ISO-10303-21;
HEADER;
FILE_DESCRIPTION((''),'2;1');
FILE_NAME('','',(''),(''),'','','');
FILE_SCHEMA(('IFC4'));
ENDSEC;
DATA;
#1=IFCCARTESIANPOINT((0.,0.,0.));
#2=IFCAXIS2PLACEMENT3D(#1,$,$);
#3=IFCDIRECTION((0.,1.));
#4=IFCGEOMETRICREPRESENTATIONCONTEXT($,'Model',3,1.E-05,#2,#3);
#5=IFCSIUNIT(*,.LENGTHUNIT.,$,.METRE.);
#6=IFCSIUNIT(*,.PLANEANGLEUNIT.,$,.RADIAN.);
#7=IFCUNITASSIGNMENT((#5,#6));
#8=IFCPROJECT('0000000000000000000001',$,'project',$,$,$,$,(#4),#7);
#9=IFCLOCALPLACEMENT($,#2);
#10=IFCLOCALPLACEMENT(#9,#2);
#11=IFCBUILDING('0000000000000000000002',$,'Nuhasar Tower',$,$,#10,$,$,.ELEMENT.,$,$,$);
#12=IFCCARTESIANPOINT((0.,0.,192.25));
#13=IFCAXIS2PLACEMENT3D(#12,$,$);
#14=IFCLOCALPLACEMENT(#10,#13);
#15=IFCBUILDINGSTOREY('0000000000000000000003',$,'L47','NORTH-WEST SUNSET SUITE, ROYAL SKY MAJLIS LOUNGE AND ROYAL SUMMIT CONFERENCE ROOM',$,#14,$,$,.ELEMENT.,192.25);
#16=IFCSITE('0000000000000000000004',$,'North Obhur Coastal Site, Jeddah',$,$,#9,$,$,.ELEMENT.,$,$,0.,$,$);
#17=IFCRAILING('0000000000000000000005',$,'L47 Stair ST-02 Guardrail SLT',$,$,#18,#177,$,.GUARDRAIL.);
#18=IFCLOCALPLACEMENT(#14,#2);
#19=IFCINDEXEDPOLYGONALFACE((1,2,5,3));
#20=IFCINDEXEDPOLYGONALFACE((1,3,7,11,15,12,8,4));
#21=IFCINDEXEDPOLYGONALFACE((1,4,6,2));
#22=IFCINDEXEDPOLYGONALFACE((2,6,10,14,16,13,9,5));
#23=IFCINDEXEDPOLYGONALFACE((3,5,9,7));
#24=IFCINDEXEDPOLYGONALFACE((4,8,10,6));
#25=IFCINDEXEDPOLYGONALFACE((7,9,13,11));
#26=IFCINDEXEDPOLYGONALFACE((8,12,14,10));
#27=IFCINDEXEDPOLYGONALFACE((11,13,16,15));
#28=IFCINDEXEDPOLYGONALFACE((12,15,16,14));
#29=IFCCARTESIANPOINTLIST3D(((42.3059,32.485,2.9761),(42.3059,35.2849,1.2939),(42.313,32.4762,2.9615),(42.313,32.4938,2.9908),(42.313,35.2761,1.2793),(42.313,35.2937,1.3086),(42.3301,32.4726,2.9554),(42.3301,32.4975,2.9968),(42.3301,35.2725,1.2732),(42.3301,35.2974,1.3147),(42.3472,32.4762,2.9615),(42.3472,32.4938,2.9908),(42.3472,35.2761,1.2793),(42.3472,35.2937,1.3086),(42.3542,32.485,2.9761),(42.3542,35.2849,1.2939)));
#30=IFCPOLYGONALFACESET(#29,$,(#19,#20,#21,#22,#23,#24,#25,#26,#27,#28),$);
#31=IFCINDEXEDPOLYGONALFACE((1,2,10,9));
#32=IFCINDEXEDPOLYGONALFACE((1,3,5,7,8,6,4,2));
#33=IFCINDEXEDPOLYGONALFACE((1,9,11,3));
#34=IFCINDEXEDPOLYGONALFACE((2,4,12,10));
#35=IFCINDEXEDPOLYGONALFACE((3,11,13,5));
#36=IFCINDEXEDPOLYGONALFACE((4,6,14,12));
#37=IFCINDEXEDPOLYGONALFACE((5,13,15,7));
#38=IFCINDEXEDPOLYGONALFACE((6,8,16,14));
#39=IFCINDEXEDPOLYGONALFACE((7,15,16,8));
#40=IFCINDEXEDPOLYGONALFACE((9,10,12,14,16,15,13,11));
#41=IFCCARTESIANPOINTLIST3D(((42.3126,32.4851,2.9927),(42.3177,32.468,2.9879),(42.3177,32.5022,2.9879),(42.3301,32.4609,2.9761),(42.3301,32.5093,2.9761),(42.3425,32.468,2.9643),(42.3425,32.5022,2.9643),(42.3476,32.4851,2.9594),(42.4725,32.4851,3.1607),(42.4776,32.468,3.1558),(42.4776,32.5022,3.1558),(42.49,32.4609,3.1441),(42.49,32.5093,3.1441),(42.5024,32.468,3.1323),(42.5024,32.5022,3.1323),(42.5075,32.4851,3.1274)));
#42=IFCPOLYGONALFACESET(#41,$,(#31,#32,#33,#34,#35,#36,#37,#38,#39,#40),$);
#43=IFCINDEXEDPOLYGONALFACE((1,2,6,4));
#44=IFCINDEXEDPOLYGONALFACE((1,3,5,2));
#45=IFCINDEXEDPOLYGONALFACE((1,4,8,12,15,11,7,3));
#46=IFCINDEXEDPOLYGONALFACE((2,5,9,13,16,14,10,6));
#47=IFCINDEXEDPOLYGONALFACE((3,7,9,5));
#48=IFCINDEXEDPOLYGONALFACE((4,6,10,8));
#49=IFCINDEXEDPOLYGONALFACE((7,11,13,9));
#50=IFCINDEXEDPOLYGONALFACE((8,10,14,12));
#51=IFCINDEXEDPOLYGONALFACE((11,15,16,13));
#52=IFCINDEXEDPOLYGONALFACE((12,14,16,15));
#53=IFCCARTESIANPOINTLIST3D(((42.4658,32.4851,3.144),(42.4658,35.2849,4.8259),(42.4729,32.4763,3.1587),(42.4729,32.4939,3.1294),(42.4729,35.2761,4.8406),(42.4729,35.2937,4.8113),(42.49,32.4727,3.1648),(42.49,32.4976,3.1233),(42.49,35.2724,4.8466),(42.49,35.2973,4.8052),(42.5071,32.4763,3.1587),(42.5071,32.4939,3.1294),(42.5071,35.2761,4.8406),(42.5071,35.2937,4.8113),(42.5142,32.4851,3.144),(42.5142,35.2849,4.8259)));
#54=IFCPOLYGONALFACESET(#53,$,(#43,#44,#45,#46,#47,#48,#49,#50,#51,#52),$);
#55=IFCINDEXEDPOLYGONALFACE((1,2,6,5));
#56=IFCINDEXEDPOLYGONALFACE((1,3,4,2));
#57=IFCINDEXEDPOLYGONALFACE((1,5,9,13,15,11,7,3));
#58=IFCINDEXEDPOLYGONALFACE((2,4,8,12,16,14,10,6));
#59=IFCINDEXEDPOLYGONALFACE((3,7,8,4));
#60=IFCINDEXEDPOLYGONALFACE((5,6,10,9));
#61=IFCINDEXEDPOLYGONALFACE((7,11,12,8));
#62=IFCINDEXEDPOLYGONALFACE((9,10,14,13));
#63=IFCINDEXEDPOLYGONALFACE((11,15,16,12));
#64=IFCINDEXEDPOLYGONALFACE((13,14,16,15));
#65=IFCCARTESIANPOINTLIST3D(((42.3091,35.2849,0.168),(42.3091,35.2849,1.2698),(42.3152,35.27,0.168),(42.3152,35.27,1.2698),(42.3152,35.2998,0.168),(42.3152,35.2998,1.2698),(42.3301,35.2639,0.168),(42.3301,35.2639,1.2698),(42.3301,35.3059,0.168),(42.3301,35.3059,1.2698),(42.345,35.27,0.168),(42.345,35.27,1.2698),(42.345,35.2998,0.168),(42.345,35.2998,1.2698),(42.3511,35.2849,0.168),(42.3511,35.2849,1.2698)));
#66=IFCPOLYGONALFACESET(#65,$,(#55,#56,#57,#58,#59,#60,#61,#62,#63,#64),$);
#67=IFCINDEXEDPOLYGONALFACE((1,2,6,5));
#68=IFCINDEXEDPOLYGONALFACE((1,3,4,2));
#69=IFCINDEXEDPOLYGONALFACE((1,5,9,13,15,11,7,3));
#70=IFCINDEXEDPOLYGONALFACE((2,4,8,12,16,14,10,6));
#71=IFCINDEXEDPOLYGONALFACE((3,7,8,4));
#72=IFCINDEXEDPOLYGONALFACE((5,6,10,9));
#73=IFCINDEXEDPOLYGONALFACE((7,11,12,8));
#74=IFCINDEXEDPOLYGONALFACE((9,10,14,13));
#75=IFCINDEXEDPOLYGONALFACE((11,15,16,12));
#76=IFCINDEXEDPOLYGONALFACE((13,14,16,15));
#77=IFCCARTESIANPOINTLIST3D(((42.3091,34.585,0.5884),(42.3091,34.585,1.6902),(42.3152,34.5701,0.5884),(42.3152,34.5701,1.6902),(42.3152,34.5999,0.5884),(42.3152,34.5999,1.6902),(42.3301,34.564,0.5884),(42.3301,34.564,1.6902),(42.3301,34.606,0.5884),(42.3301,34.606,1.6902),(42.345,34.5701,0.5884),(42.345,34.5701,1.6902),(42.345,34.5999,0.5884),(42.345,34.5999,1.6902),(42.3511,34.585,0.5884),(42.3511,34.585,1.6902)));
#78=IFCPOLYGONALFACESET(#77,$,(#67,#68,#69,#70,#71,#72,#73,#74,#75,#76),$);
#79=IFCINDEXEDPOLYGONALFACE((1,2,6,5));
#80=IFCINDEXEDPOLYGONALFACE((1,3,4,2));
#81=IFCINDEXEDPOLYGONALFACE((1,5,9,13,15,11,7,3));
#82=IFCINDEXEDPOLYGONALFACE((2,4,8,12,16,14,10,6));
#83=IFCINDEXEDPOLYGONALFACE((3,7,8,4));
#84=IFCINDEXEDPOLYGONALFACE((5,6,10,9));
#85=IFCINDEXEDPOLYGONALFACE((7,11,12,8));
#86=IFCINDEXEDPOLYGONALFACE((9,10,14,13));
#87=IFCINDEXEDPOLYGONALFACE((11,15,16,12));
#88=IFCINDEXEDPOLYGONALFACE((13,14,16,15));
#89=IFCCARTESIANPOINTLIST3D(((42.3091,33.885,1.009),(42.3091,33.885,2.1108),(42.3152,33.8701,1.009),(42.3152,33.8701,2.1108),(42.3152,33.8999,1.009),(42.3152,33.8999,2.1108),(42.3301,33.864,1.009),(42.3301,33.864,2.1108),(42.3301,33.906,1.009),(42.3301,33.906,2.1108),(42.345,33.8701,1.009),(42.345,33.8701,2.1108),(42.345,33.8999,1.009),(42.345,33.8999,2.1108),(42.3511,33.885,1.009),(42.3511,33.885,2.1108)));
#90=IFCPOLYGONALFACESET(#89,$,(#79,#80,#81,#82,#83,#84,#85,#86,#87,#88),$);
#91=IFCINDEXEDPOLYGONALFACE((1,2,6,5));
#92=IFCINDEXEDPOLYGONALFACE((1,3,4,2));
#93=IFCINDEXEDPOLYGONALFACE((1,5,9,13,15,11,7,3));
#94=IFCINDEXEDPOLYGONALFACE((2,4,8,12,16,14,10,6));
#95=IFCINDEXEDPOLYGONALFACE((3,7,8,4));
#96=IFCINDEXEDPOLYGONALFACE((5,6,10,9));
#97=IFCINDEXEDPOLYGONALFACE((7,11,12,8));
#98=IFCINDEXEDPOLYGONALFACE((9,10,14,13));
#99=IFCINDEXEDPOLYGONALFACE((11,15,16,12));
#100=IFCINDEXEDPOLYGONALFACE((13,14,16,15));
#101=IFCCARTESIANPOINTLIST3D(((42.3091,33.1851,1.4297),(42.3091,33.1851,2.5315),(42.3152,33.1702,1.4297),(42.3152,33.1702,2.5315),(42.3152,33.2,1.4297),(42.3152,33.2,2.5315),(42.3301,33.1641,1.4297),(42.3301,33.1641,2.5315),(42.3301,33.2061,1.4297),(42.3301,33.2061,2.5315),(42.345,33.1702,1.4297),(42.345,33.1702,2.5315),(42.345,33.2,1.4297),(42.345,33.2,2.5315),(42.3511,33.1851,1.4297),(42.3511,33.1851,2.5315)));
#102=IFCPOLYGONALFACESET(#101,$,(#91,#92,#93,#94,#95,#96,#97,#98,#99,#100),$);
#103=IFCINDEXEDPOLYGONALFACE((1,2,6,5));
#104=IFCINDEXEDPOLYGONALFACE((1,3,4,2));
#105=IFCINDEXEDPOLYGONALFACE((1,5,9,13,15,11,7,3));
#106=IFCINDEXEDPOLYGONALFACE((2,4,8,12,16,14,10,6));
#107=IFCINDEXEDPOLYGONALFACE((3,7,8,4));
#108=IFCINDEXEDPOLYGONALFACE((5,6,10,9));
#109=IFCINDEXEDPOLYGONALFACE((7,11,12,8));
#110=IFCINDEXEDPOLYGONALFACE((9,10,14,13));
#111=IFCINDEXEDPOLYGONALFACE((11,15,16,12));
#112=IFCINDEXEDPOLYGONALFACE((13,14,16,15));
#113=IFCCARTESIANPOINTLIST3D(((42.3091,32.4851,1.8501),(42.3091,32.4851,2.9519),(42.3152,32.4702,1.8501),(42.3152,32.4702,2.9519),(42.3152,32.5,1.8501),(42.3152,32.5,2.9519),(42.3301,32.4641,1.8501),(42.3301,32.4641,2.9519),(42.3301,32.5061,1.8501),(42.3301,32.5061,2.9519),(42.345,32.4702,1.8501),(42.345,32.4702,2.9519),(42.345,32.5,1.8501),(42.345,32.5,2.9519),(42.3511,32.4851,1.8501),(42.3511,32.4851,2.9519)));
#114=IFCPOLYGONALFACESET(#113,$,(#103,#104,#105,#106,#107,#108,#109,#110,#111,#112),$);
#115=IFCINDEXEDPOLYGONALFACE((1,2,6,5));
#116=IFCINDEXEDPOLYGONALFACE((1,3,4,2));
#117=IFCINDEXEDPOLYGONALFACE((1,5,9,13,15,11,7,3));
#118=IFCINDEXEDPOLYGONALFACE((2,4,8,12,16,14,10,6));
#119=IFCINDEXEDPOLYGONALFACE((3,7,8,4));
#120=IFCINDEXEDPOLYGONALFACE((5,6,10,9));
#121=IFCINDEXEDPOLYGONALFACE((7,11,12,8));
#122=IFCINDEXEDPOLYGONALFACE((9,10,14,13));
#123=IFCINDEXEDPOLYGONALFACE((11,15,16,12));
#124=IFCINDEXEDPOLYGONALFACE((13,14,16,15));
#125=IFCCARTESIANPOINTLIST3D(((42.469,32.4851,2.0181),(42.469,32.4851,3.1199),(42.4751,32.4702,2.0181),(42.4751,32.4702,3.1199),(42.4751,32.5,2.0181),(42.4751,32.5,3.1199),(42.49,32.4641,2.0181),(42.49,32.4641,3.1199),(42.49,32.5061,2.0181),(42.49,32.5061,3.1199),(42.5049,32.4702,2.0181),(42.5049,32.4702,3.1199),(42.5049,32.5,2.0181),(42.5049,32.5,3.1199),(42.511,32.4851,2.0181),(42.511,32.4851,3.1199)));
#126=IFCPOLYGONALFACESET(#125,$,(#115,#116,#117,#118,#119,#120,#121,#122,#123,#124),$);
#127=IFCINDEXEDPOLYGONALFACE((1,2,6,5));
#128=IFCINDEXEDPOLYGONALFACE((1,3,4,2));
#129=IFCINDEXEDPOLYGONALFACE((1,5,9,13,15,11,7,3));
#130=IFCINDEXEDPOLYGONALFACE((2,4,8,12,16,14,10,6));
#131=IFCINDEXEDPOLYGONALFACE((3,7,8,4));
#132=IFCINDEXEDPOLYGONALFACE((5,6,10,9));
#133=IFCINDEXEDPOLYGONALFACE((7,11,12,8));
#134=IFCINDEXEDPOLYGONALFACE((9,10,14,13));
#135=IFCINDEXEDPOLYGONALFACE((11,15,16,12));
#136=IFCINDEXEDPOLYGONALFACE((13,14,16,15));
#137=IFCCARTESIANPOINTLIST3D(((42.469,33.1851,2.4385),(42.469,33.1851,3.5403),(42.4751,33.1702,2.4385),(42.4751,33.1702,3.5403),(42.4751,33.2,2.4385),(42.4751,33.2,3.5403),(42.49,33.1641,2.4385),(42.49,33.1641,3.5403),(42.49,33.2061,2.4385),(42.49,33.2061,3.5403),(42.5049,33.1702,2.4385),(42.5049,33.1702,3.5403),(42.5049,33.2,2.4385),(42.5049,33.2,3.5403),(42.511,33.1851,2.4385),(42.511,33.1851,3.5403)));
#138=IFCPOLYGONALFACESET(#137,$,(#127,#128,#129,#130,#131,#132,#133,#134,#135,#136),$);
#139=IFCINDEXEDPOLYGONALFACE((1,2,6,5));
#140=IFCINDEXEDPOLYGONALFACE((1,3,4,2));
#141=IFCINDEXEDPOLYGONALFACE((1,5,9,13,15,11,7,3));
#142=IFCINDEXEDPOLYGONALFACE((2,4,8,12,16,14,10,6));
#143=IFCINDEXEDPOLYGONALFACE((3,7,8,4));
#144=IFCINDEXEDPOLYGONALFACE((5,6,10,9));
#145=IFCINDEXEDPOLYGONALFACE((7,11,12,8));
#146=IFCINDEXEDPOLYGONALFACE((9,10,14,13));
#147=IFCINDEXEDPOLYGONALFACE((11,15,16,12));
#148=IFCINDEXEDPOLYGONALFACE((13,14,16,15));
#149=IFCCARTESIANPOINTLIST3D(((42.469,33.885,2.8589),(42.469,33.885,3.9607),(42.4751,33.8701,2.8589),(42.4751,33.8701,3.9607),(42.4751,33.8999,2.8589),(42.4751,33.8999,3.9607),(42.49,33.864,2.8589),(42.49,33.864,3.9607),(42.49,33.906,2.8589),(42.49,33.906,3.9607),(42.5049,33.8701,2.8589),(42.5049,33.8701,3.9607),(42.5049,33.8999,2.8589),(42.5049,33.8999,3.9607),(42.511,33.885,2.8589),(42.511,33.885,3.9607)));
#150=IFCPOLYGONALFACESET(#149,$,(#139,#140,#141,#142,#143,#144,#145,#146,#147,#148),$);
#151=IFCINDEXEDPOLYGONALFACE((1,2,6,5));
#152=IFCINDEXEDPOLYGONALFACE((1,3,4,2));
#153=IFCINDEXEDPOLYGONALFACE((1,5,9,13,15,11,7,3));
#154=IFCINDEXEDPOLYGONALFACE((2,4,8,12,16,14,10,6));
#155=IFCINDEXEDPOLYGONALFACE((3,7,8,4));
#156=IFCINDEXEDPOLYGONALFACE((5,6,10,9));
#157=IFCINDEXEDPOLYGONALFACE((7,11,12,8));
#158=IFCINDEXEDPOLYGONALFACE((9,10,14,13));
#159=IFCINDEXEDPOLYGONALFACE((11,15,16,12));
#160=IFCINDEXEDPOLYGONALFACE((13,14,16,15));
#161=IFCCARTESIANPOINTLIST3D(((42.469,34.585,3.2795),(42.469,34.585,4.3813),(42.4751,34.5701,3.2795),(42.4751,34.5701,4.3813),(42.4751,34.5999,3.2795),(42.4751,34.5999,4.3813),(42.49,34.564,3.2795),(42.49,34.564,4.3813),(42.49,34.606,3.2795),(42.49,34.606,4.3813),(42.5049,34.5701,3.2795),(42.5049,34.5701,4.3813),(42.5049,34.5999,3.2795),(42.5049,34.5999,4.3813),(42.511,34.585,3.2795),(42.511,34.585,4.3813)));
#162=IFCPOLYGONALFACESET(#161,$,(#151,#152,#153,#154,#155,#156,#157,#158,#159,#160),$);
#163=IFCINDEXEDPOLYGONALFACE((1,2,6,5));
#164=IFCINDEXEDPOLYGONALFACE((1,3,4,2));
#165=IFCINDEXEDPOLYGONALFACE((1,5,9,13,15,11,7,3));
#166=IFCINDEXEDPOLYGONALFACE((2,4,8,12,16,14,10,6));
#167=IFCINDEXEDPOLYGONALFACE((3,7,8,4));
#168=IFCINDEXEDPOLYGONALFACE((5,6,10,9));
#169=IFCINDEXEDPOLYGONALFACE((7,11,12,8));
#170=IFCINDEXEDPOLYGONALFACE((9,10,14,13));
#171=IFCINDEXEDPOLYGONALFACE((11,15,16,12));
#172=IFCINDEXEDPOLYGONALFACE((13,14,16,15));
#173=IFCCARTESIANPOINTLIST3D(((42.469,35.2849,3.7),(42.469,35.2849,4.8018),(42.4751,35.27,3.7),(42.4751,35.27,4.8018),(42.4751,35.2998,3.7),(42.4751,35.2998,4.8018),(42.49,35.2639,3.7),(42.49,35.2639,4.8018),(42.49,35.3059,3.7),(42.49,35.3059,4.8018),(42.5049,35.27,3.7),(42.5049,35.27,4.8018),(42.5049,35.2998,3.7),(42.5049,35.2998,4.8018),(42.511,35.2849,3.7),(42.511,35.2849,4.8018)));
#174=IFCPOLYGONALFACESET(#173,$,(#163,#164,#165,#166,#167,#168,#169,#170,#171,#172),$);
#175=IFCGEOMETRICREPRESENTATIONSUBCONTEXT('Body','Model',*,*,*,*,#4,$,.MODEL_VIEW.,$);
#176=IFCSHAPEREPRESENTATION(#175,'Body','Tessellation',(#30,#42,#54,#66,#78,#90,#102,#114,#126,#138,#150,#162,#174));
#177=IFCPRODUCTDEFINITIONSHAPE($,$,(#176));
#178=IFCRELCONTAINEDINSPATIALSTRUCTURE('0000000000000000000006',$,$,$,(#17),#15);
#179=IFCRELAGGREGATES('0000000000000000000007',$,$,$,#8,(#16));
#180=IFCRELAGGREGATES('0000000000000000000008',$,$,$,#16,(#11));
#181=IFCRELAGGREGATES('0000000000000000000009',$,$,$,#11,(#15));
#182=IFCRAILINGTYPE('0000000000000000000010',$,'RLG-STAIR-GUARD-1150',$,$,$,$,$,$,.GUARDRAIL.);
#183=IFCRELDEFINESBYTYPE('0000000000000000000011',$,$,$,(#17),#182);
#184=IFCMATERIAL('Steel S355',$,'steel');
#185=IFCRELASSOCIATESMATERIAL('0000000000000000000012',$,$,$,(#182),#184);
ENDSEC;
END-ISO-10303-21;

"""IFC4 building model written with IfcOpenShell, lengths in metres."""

from ifc_helpers import new_model, si_unit, direction, frame, origin, place, context, subcontext, project, spatial, polyline, outline, extrude, material, type_object, element, save


model = new_model("IFC4")

# Units and contexts
model_context = context("Model", 3, precision=1e-05, world=origin(), true_north=direction((0.0, 1.0)))
body_context = subcontext(model_context, "Body", "Model", "MODEL_VIEW")
ifc_project = project(units=[si_unit("LENGTHUNIT", "METRE"), si_unit("PLANEANGLEUNIT", "RADIAN")], contexts=[model_context])

# Site, building, storey
site_placement = place(None, origin())
site = spatial("IfcSite", under=ifc_project, at=site_placement, Name="North Obhur Coastal Site, Jeddah", CompositionType="ELEMENT", RefElevation=0.0)
building_placement = place(site_placement, origin())
building = spatial("IfcBuilding", under=site, at=building_placement, Name="Nuhasar Tower", CompositionType="ELEMENT")
storey_placement = place(building_placement, frame((0.0, 0.0, 192.25)))
storey = spatial("IfcBuildingStorey", under=building, at=storey_placement, Name="L47", Description="NORTH-WEST SUNSET SUITE, ROYAL SKY MAJLIS LOUNGE AND ROYAL SUMMIT CONFERENCE ROOM", CompositionType="ELEMENT", Elevation=192.25)

# Shared definitions
ifc_material_1 = material(Name="Steel S355", Category="steel")

# Railing
railing_type_1 = type_object("IfcRailingType", Name="RLG-STAIR-GUARD-1150", PredefinedType="GUARDRAIL", material=ifc_material_1)
railing_1_placement = place(storey_placement, frame((42.3301, 35.2849, 0.168)))
element("IfcRailing", 1, at=railing_1_placement, inside=storey, type_object=railing_type_1, Name="L47 Stair ST-02 Guardrail SLT", PredefinedType="GUARDRAIL", context=body_context, shape_type="SweptSolid", body=[
    extrude(outline(polyline([(0.0242, 0.0), (0.0171, 0.0171), (0.0, 0.0242), (-0.0171, 0.0171), (-0.0242, 0.0), (-0.0171, -0.0171), (0.0, -0.0242), (0.0171, -0.0171), (0.0242, 0.0)])), frame((0.0, 0.0, 1.126), z_axis=(0.0, -0.857189, 0.515001), x_axis=(1.0, 0.0, 0.0)), (0.0, 0.0, 1.0), 3.2664),
    extrude(outline(polyline([(0.0242, 0.0), (0.0171, 0.0171), (0.0, 0.0242), (-0.0171, 0.0171), (-0.0242, 0.0), (-0.0171, -0.0171), (0.0, -0.0242), (0.0171, -0.0171), (0.0242, 0.0)])), frame((0.0, -2.7998, 2.8081), z_axis=(0.689524, 0.0, 0.724263), x_axis=(0.0, 1.0, 0.0)), (0.0, 0.0, 1.0), 0.2319),
    extrude(outline(polyline([(0.0242, 0.0), (0.0171, 0.0171), (0.0, 0.0242), (-0.0171, 0.0171), (-0.0242, 0.0), (-0.0171, -0.0171), (0.0, -0.0242), (0.0171, -0.0171), (0.0242, 0.0)])), frame((0.1599, -2.7998, 2.9761), z_axis=(0.0, 0.857222, 0.514946), x_axis=(-1.0, 0.0, 0.0)), (0.0, 0.0, 1.0), 3.2661),
    extrude(outline(polyline([(0.021, 0.0), (0.0149, 0.0149), (0.0, 0.021), (-0.0149, 0.0149), (-0.021, 0.0), (-0.0149, -0.0149), (0.0, -0.021), (0.0149, -0.0149), (0.021, 0.0)])), origin(), (0.0, 0.0, 1.0), 1.1018),
    extrude(outline(polyline([(0.021, 0.0), (0.0149, 0.0149), (0.0, 0.021), (-0.0149, 0.0149), (-0.021, 0.0), (-0.0149, -0.0149), (0.0, -0.021), (0.0149, -0.0149), (0.021, 0.0)])), frame((0.0, -0.7, 0.4204)), (0.0, 0.0, 1.0), 1.1018),
    extrude(outline(polyline([(0.021, 0.0), (0.0149, 0.0149), (0.0, 0.021), (-0.0149, 0.0149), (-0.021, 0.0), (-0.0149, -0.0149), (0.0, -0.021), (0.0149, -0.0149), (0.021, 0.0)])), frame((0.0, -1.3999, 0.8411)), (0.0, 0.0, 1.0), 1.1018),
    extrude(outline(polyline([(0.021, 0.0), (0.0149, 0.0149), (0.0, 0.021), (-0.0149, 0.0149), (-0.021, 0.0), (-0.0149, -0.0149), (0.0, -0.021), (0.0149, -0.0149), (0.021, 0.0)])), frame((0.0, -2.0999, 1.2617)), (0.0, 0.0, 1.0), 1.1018),
    extrude(outline(polyline([(0.021, 0.0), (0.0149, 0.0149), (0.0, 0.021), (-0.0149, 0.0149), (-0.021, 0.0), (-0.0149, -0.0149), (0.0, -0.021), (0.0149, -0.0149), (0.021, 0.0)])), frame((0.0, -2.7998, 1.6821)), (0.0, 0.0, 1.0), 1.1018),
    extrude(outline(polyline([(0.021, 0.0), (0.0149, 0.0149), (0.0, 0.021), (-0.0149, 0.0149), (-0.021, 0.0), (-0.0149, -0.0149), (0.0, -0.021), (0.0149, -0.0149), (0.021, 0.0)])), frame((0.1599, -2.7998, 1.8501)), (0.0, 0.0, 1.0), 1.1018),
    extrude(outline(polyline([(0.021, 0.0), (0.0149, 0.0149), (0.0, 0.021), (-0.0149, 0.0149), (-0.021, 0.0), (-0.0149, -0.0149), (0.0, -0.021), (0.0149, -0.0149), (0.021, 0.0)])), frame((0.1599, -2.0999, 2.2705)), (0.0, 0.0, 1.0), 1.1018),
    extrude(outline(polyline([(0.021, 0.0), (0.0149, 0.0149), (0.0, 0.021), (-0.0149, 0.0149), (-0.021, 0.0), (-0.0149, -0.0149), (0.0, -0.021), (0.0149, -0.0149), (0.021, 0.0)])), frame((0.1599, -1.3999, 2.6909)), (0.0, 0.0, 1.0), 1.1018),
    extrude(outline(polyline([(0.021, 0.0), (0.0149, 0.0149), (0.0, 0.021), (-0.0149, 0.0149), (-0.021, 0.0), (-0.0149, -0.0149), (0.0, -0.021), (0.0149, -0.0149), (0.021, 0.0)])), frame((0.1599, -0.7, 3.1116)), (0.0, 0.0, 1.0), 1.1018),
    extrude(outline(polyline([(0.021, 0.0), (0.0149, 0.0149), (0.0, 0.021), (-0.0149, 0.0149), (-0.021, 0.0), (-0.0149, -0.0149), (0.0, -0.021), (0.0149, -0.0149), (0.021, 0.0)])), frame((0.1599, 0.0, 3.532)), (0.0, 0.0, 1.0), 1.1018),
])

save(model, "model.ifc")
